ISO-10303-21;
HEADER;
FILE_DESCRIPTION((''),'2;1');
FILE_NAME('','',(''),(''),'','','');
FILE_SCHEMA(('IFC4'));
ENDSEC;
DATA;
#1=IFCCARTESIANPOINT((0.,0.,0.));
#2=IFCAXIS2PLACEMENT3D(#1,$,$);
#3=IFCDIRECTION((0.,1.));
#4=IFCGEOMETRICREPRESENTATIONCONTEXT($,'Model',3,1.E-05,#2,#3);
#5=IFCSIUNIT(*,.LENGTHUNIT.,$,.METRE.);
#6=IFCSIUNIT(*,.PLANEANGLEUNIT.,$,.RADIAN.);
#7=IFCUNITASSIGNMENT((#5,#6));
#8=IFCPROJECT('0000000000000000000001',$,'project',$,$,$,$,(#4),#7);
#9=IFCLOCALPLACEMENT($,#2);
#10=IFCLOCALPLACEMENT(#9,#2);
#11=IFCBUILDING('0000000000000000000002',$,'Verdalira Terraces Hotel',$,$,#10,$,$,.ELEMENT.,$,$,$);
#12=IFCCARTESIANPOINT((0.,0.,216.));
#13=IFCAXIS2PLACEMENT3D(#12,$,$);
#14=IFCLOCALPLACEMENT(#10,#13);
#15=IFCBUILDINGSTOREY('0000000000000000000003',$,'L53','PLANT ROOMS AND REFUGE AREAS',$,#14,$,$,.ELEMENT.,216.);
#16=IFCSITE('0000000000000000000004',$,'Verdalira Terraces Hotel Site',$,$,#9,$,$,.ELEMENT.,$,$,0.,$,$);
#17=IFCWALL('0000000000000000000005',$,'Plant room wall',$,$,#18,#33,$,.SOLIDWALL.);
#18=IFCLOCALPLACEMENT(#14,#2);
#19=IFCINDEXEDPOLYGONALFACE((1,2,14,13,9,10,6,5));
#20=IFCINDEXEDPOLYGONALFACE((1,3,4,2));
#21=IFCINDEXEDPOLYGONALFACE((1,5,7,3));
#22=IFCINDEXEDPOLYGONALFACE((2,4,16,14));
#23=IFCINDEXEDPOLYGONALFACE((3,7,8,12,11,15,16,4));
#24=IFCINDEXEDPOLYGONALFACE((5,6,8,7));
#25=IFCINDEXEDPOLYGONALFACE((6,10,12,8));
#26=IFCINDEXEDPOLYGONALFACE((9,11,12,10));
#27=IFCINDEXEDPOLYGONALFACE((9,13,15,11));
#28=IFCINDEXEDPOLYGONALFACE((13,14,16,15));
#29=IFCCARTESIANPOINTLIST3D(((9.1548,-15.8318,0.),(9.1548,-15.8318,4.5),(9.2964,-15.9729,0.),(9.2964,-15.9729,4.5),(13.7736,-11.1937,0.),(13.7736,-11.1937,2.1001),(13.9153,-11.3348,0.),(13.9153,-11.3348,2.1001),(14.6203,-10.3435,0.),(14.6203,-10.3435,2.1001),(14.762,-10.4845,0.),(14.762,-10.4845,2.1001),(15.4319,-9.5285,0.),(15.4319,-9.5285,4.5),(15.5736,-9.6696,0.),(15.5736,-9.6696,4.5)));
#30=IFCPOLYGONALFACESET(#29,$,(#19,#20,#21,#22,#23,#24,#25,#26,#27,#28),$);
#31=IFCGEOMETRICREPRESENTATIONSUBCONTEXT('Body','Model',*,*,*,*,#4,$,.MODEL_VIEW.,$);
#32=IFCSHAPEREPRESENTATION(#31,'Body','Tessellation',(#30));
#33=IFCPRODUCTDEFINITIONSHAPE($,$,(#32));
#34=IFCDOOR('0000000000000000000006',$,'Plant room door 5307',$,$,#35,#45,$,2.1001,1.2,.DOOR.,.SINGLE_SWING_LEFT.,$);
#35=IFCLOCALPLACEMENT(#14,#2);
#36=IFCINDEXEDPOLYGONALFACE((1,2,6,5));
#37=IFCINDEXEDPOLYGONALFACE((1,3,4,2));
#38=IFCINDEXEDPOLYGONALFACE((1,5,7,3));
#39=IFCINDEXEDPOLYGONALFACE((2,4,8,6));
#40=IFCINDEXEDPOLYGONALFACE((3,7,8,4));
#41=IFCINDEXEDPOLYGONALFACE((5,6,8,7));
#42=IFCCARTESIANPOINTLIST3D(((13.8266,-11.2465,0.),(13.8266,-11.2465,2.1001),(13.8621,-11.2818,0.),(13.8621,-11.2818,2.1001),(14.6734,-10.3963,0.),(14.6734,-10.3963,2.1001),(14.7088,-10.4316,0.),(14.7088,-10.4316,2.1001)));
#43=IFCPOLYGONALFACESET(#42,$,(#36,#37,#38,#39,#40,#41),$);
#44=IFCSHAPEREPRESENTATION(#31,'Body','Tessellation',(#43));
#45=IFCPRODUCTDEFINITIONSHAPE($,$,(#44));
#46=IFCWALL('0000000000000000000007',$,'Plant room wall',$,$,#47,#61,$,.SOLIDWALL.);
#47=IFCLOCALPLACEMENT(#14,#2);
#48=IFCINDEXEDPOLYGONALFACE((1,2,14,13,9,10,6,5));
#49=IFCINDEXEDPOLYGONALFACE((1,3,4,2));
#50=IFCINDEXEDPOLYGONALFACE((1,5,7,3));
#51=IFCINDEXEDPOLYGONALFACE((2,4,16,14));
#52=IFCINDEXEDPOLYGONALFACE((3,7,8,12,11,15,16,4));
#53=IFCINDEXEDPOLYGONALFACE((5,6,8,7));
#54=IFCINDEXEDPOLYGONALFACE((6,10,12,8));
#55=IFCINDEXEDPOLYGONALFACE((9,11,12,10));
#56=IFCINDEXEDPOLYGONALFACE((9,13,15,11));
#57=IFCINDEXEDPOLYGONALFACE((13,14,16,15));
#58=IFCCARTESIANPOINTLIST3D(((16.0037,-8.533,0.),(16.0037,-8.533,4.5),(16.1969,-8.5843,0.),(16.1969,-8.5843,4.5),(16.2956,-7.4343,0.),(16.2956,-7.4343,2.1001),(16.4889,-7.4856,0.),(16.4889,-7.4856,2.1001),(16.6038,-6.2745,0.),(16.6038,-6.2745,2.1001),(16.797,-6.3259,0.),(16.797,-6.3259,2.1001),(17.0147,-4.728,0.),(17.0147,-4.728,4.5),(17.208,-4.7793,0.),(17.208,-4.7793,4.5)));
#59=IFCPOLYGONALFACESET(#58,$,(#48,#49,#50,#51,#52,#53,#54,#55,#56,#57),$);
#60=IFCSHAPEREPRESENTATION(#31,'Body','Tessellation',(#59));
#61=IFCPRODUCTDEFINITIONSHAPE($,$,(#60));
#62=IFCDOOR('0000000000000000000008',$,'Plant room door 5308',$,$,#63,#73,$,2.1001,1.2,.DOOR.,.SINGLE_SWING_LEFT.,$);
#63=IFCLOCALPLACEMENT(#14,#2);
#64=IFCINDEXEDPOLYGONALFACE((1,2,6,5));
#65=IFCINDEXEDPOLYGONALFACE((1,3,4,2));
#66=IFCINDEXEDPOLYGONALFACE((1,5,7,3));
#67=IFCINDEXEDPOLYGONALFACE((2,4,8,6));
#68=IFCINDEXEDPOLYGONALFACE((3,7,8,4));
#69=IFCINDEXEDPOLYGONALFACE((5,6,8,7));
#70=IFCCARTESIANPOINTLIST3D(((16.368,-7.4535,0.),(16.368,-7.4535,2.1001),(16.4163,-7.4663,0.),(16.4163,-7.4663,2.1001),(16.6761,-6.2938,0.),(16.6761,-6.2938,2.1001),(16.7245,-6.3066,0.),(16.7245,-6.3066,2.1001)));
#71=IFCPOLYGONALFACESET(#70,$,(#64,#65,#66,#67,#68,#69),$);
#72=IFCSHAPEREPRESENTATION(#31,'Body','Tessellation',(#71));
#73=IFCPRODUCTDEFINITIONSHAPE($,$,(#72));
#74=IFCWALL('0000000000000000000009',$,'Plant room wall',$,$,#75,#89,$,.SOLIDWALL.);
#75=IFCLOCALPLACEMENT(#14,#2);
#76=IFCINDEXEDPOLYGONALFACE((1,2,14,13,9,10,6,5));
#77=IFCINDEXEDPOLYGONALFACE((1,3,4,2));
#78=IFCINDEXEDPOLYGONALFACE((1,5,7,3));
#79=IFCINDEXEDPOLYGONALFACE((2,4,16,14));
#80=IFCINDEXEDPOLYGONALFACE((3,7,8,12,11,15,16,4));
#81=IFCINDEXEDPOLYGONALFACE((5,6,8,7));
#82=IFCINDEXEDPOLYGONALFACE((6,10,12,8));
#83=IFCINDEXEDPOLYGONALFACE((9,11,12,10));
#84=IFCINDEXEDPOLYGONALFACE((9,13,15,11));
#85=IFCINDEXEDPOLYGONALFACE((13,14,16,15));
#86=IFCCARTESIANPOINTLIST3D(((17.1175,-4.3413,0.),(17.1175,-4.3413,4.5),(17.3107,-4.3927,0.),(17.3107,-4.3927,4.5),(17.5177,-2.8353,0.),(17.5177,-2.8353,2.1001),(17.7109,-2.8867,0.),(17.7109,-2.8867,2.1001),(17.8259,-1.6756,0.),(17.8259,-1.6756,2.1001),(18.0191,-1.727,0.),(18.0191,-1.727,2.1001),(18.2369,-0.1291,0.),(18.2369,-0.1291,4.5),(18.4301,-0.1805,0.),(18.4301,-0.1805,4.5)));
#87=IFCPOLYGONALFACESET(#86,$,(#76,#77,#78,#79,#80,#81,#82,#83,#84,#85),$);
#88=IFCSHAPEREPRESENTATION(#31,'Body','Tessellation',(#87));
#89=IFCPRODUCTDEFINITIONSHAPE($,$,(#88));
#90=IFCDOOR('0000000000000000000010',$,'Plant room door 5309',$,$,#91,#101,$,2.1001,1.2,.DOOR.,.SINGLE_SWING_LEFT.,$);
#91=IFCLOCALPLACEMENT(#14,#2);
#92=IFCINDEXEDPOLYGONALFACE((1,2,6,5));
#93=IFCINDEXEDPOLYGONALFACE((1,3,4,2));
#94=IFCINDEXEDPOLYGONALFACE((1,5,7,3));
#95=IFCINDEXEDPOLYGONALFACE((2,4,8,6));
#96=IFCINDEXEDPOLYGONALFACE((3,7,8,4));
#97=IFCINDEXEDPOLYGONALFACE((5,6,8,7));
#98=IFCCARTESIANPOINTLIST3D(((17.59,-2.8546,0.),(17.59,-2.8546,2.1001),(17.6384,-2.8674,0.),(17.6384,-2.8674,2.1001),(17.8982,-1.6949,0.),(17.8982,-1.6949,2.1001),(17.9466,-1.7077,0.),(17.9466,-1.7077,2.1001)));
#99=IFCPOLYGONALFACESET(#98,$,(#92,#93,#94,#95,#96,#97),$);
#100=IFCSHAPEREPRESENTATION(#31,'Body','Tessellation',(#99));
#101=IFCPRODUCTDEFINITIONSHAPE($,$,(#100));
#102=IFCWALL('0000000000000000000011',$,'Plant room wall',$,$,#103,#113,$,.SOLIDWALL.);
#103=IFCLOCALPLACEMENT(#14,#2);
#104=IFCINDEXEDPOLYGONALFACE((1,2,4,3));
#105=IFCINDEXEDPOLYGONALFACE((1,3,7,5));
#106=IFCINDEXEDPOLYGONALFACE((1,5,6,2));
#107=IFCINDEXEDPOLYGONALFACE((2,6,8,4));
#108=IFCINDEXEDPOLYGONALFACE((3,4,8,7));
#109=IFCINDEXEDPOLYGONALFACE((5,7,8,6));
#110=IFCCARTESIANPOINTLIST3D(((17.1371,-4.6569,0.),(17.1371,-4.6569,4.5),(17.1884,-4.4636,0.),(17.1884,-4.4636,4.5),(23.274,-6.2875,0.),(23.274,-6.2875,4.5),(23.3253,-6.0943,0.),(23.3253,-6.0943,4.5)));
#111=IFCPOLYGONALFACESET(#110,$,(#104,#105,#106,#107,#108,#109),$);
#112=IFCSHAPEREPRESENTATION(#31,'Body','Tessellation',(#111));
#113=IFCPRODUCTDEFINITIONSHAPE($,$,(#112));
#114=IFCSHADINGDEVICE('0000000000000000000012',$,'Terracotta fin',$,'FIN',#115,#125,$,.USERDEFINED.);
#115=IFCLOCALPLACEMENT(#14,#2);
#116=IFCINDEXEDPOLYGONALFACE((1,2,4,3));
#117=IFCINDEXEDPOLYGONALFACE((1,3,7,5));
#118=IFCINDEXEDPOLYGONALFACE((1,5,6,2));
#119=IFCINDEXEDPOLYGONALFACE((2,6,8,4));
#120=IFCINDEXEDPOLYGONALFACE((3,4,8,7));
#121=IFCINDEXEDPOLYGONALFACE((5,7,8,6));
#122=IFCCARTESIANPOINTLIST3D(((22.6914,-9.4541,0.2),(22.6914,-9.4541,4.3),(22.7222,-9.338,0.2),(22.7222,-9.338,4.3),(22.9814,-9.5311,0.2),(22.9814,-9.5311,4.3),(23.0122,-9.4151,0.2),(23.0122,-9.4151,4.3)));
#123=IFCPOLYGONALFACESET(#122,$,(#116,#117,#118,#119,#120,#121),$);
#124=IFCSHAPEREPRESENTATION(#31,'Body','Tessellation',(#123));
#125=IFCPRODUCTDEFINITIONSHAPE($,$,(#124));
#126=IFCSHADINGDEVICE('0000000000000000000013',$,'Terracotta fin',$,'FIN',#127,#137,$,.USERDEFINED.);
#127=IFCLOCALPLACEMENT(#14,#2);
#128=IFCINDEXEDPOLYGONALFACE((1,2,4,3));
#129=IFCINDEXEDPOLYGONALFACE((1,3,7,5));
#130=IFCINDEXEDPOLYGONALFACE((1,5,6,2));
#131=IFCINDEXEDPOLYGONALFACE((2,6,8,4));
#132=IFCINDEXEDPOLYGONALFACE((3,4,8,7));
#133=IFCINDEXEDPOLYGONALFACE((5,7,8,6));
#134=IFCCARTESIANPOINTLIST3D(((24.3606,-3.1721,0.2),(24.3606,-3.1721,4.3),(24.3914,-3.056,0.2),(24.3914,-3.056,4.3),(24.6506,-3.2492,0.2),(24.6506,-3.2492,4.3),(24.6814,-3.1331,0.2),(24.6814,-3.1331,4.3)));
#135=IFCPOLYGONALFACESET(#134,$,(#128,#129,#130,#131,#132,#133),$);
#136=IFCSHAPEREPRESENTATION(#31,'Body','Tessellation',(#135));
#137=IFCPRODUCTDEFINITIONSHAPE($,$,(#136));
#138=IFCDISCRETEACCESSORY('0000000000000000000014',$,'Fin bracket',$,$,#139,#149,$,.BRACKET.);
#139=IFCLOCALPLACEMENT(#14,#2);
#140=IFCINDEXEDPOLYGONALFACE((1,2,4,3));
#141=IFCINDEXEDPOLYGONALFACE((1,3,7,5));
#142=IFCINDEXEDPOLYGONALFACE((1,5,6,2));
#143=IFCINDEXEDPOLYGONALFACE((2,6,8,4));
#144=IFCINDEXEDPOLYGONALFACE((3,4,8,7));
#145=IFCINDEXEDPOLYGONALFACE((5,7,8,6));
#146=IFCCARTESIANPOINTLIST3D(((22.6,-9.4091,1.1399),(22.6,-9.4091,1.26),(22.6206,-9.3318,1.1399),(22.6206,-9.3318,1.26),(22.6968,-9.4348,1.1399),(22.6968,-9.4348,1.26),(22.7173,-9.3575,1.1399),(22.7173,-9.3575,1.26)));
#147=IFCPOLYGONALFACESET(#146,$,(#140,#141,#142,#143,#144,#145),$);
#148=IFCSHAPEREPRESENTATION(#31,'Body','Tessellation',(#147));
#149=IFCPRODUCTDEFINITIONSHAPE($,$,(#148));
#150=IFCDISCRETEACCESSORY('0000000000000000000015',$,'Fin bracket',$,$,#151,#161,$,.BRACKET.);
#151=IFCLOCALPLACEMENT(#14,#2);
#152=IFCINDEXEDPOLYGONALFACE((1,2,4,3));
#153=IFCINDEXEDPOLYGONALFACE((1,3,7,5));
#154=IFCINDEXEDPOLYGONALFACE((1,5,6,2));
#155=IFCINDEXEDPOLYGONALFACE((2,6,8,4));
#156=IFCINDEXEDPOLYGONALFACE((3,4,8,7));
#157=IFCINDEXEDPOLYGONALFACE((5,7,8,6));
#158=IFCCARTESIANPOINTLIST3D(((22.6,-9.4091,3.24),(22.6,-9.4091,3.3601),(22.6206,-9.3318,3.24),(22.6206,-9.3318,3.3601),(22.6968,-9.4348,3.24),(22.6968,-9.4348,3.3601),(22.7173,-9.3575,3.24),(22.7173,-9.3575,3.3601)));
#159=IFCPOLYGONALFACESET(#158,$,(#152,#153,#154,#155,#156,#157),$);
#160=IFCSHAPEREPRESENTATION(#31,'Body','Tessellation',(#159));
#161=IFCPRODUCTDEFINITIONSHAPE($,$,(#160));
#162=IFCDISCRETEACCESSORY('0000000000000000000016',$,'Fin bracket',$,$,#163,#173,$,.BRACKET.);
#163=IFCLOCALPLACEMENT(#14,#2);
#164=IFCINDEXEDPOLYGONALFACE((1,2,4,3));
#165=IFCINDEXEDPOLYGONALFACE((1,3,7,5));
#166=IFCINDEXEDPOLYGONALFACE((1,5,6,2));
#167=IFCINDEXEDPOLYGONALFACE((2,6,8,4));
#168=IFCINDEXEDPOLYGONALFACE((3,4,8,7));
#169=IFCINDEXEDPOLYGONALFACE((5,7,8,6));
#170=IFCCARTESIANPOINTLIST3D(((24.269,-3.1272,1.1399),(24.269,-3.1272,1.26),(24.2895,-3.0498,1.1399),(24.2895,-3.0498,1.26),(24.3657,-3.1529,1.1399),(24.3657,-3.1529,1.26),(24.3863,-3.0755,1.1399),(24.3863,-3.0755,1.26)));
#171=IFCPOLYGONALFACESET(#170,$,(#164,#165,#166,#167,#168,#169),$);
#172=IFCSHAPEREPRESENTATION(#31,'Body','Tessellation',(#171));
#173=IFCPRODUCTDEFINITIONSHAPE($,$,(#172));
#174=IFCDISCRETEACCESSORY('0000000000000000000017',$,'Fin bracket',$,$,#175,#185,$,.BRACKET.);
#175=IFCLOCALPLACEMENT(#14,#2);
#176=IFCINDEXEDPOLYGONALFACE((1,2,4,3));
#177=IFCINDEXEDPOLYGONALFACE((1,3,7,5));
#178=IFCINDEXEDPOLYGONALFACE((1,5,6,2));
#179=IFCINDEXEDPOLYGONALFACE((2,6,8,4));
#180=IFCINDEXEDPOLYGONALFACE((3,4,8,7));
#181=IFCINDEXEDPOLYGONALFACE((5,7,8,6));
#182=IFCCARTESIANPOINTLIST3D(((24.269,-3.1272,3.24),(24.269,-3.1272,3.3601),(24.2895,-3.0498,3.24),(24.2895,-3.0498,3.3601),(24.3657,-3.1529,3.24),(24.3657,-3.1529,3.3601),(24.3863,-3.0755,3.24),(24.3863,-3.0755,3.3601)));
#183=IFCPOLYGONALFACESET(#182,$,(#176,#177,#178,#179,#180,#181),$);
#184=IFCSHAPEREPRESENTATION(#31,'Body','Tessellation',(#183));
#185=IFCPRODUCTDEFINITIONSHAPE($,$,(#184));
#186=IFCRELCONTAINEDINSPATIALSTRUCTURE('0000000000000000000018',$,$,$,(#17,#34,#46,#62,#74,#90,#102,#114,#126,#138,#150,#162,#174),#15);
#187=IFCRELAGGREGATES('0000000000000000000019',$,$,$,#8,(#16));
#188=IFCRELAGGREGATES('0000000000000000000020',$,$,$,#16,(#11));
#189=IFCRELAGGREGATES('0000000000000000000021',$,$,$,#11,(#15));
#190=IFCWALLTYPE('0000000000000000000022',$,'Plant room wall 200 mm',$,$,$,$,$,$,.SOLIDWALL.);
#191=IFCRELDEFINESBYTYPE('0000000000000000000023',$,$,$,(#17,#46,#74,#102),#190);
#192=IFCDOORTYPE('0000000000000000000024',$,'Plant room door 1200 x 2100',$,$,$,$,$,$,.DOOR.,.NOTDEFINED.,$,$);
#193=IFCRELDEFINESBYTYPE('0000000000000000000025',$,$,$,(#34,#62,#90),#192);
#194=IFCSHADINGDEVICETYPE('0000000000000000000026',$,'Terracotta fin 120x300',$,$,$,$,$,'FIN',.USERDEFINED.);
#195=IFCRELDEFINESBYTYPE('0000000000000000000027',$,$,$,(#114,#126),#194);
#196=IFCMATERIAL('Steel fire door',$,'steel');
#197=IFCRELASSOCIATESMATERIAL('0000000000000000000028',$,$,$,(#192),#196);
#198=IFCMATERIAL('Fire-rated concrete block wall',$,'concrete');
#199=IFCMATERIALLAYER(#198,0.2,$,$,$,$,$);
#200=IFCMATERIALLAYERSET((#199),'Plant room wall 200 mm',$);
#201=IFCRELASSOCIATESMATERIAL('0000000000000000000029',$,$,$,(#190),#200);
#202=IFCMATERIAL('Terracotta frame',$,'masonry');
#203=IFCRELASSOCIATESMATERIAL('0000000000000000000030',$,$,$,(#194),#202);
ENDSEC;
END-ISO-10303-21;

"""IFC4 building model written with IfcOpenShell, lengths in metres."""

from ifc_helpers import new_model, si_unit, direction, frame, frame_2d, origin, origin_2d, place, context, subcontext, project, spatial, rectangle, extrude, material, layer, layer_set, material_profile, profile_set, type_object, element, fill, save


model = new_model("IFC4")

# Units and contexts
model_context = context("Model", 3, precision=1e-05, world=origin(), true_north=direction((0.0, 1.0)))
body_context = subcontext(model_context, "Body", "Model", "MODEL_VIEW")
ifc_project = project(units=[si_unit("LENGTHUNIT", "METRE"), si_unit("PLANEANGLEUNIT", "RADIAN")], contexts=[model_context])

# Site, building, storey
site_placement = place(None, origin())
site = spatial("IfcSite", under=ifc_project, at=site_placement, Name="Verdalira Terraces Hotel Site", CompositionType="ELEMENT", RefElevation=0.0)
building_placement = place(site_placement, origin())
building = spatial("IfcBuilding", under=site, at=building_placement, Name="Verdalira Terraces Hotel", CompositionType="ELEMENT")
storey_placement = place(building_placement, frame((0.0, 0.0, 216.0)))
storey = spatial("IfcBuildingStorey", under=building, at=storey_placement, Name="L53", Description="PLANT ROOMS AND REFUGE AREAS", CompositionType="ELEMENT", Elevation=216.0)

# Walls, openings, doors
ifc_material_1 = material(Name="Steel fire door", Category="steel")
door_type_1 = type_object("IfcDoorType", Name="Plant room door 1200 x 2100", OperationType="NOTDEFINED", PredefinedType="DOOR", material=ifc_material_1)
ifc_material_2 = material(Name="Fire-rated concrete block wall", Category="concrete")
ifc_layer_1 = layer(ifc_material_2, 0.2)
ifc_layer_set_1 = layer_set([ifc_layer_1], Name="Plant room wall 200 mm")
wall_type_1 = type_object("IfcWallType", Name="Plant room wall 200 mm", PredefinedType="SOLIDWALL", material=ifc_layer_set_1)
wall_1_placement = place(storey_placement, frame((15.5027, -9.5991, 0.0), z_axis=(0.0, 0.0, 1.0), x_axis=(-0.705637, -0.708574, 0.0)))
wall_1 = element("IfcWall", 1, at=wall_1_placement, inside=storey, type_object=wall_type_1, Name="Plant room wall", PredefinedType="SOLIDWALL", context=body_context, shape_type="SweptSolid", body=[
    extrude(rectangle(XDim=8.8958, YDim=0.2, at=frame_2d((4.4478, 0.0))), origin(), (0.0, 0.0, 1.0), 4.5),
])
opening_1_placement = place(wall_1_placement, frame((1.1499, 0.0, 0.0)))
opening_1 = element("IfcOpeningElement", 2, at=opening_1_placement, cuts=wall_1, PredefinedType="OPENING", context=body_context, shape_type="SweptSolid", body=[
    extrude(rectangle(XDim=1.2, YDim=2.1001, at=frame_2d((0.6001, 1.05))), frame((0.0, 0.1099, 0.0), z_axis=(0.0, -1.0, 0.0), x_axis=(1.0, 0.0, 0.0)), (0.0, 0.0, 1.0), 0.22),
])
door_1_placement = place(opening_1_placement, origin())
door_1 = element("IfcDoor", 3, at=door_1_placement, inside=storey, type_object=door_type_1, Name="Plant room door 5307", OperationType="SINGLE_SWING_LEFT", OverallHeight=2.1001, OverallWidth=1.2, PredefinedType="DOOR", context=body_context, shape_type="SweptSolid", body=[
    extrude(rectangle(XDim=1.2, YDim=2.1001, at=frame_2d((0.6001, 1.05))), frame((0.0, 0.0249, 0.0), z_axis=(0.0, -1.0, 0.0), x_axis=(1.0, 0.0, 0.0)), (0.0, 0.0, 1.0), 0.05),
])
fill(opening_1, door_1)
wall_2_placement = place(storey_placement, frame((17.1113, -4.7537, 0.0), z_axis=(0.0, 0.0, 1.0), x_axis=(-0.256794, -0.966466, 0.0)))
wall_2 = element("IfcWall", 4, at=wall_2_placement, inside=storey, type_object=wall_type_1, Name="Plant room wall", PredefinedType="SOLIDWALL", context=body_context, shape_type="SweptSolid", body=[
    extrude(rectangle(XDim=3.937, YDim=0.2, at=frame_2d((1.9685, 0.0))), origin(), (0.0, 0.0, 1.0), 4.5),
])
opening_2_placement = place(wall_2_placement, frame((1.6001, 0.0, 0.0)))
opening_2 = element("IfcOpeningElement", 5, at=opening_2_placement, cuts=wall_2, PredefinedType="OPENING", context=body_context, shape_type="SweptSolid", body=[
    extrude(rectangle(XDim=1.2, YDim=2.1001, at=frame_2d((0.6001, 1.05))), frame((0.0, 0.1099, 0.0), z_axis=(0.0, -1.0, 0.0), x_axis=(1.0, 0.0, 0.0)), (0.0, 0.0, 1.0), 0.22),
])
door_2_placement = place(opening_2_placement, origin())
door_2 = element("IfcDoor", 6, at=door_2_placement, inside=storey, type_object=door_type_1, Name="Plant room door 5308", OperationType="SINGLE_SWING_LEFT", OverallHeight=2.1001, OverallWidth=1.2, PredefinedType="DOOR", context=body_context, shape_type="SweptSolid", body=[
    extrude(rectangle(XDim=1.2, YDim=2.1001, at=frame_2d((0.6001, 1.05))), frame((0.0, 0.0249, 0.0), z_axis=(0.0, -1.0, 0.0), x_axis=(1.0, 0.0, 0.0)), (0.0, 0.0, 1.0), 0.05),
])
fill(opening_2, door_2)
wall_3_placement = place(storey_placement, frame((18.3335, -0.1548, 0.0), z_axis=(0.0, 0.0, 1.0), x_axis=(-0.256836, -0.966455, 0.0)))
wall_3 = element("IfcWall", 7, at=wall_3_placement, inside=storey, type_object=wall_type_1, Name="Plant room wall", PredefinedType="SOLIDWALL", context=body_context, shape_type="SweptSolid", body=[
    extrude(rectangle(XDim=4.3584, YDim=0.2, at=frame_2d((2.1792, 0.0))), origin(), (0.0, 0.0, 1.0), 4.5),
])
opening_3_placement = place(wall_3_placement, frame((1.6001, 0.0, 0.0)))
opening_3 = element("IfcOpeningElement", 8, at=opening_3_placement, cuts=wall_3, PredefinedType="OPENING", context=body_context, shape_type="SweptSolid", body=[
    extrude(rectangle(XDim=1.2, YDim=2.1001, at=frame_2d((0.6001, 1.05))), frame((0.0, 0.1099, 0.0), z_axis=(0.0, -1.0, 0.0), x_axis=(1.0, 0.0, 0.0)), (0.0, 0.0, 1.0), 0.22),
])
door_3_placement = place(opening_3_placement, origin())
door_3 = element("IfcDoor", 9, at=door_3_placement, inside=storey, type_object=door_type_1, Name="Plant room door 5309", OperationType="SINGLE_SWING_LEFT", OverallHeight=2.1001, OverallWidth=1.2, PredefinedType="DOOR", context=body_context, shape_type="SweptSolid", body=[
    extrude(rectangle(XDim=1.2, YDim=2.1001, at=frame_2d((0.6001, 1.05))), frame((0.0, 0.0249, 0.0), z_axis=(0.0, -1.0, 0.0), x_axis=(1.0, 0.0, 0.0)), (0.0, 0.0, 1.0), 0.05),
])
fill(opening_3, door_3)

# Wall
wall_4_placement = place(storey_placement, frame((17.1628, -4.5603, 0.0), z_axis=(0.0, 0.0, 1.0), x_axis=(0.966466, -0.256794, 0.0)))
element("IfcWall", 10, at=wall_4_placement, inside=storey, type_object=wall_type_1, Name="Plant room wall", PredefinedType="SOLIDWALL", context=body_context, shape_type="SweptSolid", body=[
    extrude(rectangle(XDim=6.3499, YDim=0.2, at=frame_2d((3.1748, 0.0))), origin(), (0.0, 0.0, 1.0), 4.5),
])

# Shading devices
ifc_material_3 = material(Name="Terracotta frame", Category="masonry")
ifc_material_profile_1 = material_profile(ifc_material_3, rectangle(XDim=0.1201, YDim=0.3, at=origin_2d()), Name="FIN 120x300")
ifc_profile_set_1 = profile_set([ifc_material_profile_1], Name="Terracotta frame")
shading_device_type = type_object("IfcShadingDeviceType", Name="Terracotta fin 120x300", ElementType="FIN", PredefinedType="USERDEFINED", material=ifc_profile_set_1)
for number, where, z_axis, x_axis, name in (
    (11, (22.8518, -9.4346, 0.2), (0.0, 0.0, 1.0), (0.256795, 0.966466, 0.0), "Terracotta fin"),
    (12, (24.521, -3.1526, 0.2), (0.0, 0.0, 1.0), (0.256795, 0.966466, 0.0), "Terracotta fin"),
):
    element("IfcShadingDevice", number, at=place(storey_placement, frame(where, z_axis=z_axis, x_axis=x_axis)), inside=storey, type_object=shading_device_type, Name=name, ObjectType="FIN", PredefinedType="USERDEFINED", context=body_context, shape_type="SweptSolid", body=[
        extrude(rectangle(XDim=0.1201, YDim=0.3, at=origin_2d()), origin(), (0.0, 0.0, 1.0), 4.1001),
    ])

# Discrete accessories
for number, where, z_axis, x_axis, name in (
    (13, (22.6587, -9.3833, 1.1399), (0.0, 0.0, 1.0), (0.256795, 0.966466, 0.0), "Fin bracket"),
    (14, (22.6587, -9.3833, 3.24), (0.0, 0.0, 1.0), (0.256795, 0.966466, 0.0), "Fin bracket"),
    (15, (24.3276, -3.1013, 1.1399), (0.0, 0.0, 1.0), (0.256795, 0.966466, 0.0), "Fin bracket"),
    (16, (24.3276, -3.1013, 3.24), (0.0, 0.0, 1.0), (0.256795, 0.966466, 0.0), "Fin bracket"),
):
    element("IfcDiscreteAccessory", number, at=place(storey_placement, frame(where, z_axis=z_axis, x_axis=x_axis)), inside=storey, Name=name, PredefinedType="BRACKET", context=body_context, shape_type="SweptSolid", body=[
        extrude(rectangle(XDim=0.0801, YDim=0.1001, at=origin_2d()), origin(), (0.0, 0.0, 1.0), 0.1201),
    ])

save(model, "model.ifc")
